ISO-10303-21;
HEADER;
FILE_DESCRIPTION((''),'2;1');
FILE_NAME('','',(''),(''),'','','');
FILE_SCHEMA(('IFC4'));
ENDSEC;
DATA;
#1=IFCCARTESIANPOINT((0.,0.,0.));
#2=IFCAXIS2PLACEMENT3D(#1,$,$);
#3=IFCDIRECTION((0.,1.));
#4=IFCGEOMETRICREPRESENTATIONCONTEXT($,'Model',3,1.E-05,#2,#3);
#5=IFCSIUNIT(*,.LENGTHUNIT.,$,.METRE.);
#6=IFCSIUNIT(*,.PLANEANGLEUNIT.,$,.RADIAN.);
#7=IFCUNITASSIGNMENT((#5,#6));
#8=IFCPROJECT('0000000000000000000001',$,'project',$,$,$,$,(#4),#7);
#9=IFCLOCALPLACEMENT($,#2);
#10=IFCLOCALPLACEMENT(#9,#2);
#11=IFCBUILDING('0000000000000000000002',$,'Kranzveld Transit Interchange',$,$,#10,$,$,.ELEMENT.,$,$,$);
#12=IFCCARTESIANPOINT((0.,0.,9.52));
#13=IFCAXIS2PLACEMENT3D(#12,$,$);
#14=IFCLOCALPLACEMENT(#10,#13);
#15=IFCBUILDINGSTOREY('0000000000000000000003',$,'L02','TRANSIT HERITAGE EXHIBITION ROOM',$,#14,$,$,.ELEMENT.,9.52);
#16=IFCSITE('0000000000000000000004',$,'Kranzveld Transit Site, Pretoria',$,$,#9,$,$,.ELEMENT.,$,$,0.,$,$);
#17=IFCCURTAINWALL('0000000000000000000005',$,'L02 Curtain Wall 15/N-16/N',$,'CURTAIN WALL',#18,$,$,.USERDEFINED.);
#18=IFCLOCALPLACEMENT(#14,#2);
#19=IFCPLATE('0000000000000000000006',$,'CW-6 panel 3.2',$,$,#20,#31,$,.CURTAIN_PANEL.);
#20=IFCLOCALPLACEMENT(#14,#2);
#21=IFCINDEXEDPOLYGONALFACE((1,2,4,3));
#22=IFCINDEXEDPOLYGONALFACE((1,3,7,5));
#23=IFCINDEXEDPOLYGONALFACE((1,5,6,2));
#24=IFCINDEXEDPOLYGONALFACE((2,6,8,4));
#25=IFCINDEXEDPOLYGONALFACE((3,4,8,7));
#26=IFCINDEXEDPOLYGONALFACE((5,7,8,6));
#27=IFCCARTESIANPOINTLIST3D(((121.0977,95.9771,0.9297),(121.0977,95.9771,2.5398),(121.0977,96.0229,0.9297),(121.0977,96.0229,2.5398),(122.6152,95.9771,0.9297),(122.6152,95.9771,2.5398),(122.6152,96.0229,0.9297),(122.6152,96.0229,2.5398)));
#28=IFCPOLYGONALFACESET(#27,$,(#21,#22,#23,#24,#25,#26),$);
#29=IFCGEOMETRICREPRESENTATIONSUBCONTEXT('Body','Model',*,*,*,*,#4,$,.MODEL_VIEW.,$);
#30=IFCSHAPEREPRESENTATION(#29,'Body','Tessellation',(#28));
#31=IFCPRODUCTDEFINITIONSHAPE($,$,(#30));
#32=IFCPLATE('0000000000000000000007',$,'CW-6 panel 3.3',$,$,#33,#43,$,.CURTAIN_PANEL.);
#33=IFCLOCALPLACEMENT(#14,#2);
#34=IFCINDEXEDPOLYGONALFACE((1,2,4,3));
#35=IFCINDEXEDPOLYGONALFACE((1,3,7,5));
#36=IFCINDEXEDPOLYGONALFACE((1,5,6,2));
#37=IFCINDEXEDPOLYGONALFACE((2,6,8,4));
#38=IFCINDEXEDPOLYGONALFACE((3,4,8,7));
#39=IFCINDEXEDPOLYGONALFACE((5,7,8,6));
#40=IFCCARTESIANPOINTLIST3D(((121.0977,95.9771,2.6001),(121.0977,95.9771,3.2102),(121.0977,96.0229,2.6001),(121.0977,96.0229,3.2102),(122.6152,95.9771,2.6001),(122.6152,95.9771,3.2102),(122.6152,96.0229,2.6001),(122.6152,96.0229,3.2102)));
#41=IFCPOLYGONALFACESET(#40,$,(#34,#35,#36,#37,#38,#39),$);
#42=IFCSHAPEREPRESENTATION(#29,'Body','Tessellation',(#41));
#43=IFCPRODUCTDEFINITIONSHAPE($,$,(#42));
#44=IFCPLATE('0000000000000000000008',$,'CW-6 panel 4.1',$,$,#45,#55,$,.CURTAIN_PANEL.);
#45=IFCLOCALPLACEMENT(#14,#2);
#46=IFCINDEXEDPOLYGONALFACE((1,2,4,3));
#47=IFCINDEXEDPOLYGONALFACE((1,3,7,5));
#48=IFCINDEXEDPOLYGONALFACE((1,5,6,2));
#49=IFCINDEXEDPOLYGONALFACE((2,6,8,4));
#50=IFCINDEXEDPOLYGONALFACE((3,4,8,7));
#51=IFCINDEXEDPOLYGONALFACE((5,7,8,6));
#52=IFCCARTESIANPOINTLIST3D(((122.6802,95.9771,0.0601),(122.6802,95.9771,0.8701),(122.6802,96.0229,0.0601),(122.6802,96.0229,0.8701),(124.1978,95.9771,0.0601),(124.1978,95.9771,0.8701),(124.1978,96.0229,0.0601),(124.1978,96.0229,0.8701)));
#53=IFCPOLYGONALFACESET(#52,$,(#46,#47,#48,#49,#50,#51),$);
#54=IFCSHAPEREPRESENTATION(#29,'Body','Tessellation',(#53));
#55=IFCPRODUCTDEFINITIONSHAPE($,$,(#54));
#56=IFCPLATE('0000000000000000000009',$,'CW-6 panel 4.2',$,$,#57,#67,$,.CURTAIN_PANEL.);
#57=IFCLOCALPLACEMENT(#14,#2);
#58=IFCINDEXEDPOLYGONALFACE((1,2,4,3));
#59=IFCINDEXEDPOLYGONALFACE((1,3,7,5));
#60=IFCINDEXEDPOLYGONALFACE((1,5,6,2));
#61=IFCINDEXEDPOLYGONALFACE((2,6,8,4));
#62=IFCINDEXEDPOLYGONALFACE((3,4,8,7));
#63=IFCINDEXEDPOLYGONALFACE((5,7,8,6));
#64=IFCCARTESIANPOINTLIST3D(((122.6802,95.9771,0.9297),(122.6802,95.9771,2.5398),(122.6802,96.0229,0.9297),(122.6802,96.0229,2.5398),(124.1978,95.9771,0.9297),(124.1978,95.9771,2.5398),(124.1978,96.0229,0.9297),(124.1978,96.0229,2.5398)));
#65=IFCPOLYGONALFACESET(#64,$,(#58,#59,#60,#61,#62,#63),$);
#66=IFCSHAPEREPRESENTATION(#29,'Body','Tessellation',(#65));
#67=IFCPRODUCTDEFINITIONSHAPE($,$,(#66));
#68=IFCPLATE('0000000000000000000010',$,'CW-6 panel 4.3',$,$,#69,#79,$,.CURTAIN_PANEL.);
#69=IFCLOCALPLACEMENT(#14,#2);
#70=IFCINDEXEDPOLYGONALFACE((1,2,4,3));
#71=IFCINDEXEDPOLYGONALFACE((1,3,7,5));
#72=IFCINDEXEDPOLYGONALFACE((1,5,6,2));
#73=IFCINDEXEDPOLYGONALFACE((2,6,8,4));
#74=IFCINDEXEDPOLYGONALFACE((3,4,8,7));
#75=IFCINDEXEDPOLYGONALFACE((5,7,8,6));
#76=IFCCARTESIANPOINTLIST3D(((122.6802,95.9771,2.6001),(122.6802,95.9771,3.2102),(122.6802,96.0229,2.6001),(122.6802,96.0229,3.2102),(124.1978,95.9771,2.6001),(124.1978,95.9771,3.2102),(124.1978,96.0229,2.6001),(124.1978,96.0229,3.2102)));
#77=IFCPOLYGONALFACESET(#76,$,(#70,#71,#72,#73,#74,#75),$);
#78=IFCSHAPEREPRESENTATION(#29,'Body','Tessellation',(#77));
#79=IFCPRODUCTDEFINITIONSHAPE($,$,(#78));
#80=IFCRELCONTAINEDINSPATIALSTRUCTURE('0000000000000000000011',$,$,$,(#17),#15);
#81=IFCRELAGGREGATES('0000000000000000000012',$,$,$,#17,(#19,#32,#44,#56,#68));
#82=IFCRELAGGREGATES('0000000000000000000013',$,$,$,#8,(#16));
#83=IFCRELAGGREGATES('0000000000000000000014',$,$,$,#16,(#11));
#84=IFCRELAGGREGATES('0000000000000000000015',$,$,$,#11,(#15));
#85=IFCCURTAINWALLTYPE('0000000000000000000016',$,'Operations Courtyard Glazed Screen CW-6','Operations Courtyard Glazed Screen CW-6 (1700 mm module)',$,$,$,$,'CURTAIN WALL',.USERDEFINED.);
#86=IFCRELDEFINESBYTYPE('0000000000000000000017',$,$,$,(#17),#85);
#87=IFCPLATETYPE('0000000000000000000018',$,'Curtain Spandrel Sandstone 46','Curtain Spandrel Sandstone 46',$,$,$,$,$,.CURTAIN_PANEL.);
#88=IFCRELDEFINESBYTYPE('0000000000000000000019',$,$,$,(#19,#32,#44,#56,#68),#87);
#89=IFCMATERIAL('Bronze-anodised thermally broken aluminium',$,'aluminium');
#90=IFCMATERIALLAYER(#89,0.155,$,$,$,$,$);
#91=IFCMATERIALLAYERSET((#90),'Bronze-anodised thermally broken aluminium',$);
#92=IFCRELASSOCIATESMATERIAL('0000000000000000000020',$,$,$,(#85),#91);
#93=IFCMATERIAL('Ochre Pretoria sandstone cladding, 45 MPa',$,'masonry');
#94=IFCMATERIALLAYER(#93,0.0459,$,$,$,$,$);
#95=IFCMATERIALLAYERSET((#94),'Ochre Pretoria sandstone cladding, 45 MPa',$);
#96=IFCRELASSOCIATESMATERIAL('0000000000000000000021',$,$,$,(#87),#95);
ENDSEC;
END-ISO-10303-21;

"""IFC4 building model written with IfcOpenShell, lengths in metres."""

from ifc_helpers import new_model, si_unit, direction, frame, origin, origin_2d, place, context, subcontext, project, spatial, rectangle, extrude, material, layer, layer_set, type_object, element, aggregate, save


model = new_model("IFC4")

# Units and contexts
model_context = context("Model", 3, precision=1e-05, world=origin(), true_north=direction((0.0, 1.0)))
body_context = subcontext(model_context, "Body", "Model", "MODEL_VIEW")
ifc_project = project(units=[si_unit("LENGTHUNIT", "METRE"), si_unit("PLANEANGLEUNIT", "RADIAN")], contexts=[model_context])

# Site, building, storey
site_placement = place(None, origin())
site = spatial("IfcSite", under=ifc_project, at=site_placement, Name="Kranzveld Transit Site, Pretoria", CompositionType="ELEMENT", RefElevation=0.0)
building_placement = place(site_placement, origin())
building = spatial("IfcBuilding", under=site, at=building_placement, Name="Kranzveld Transit Interchange", CompositionType="ELEMENT")
storey_placement = place(building_placement, frame((0.0, 0.0, 9.52)))
storey = spatial("IfcBuildingStorey", under=building, at=storey_placement, Name="L02", Description="TRANSIT HERITAGE EXHIBITION ROOM", CompositionType="ELEMENT", Elevation=9.52)

# Curtain wall, plates
ifc_material_1 = material(Name="Bronze-anodised thermally broken aluminium", Category="aluminium")
ifc_layer_1 = layer(ifc_material_1, 0.155)
ifc_layer_set_1 = layer_set([ifc_layer_1], Name="Bronze-anodised thermally broken aluminium")
curtain_wall_type = type_object("IfcCurtainWallType", Name="Operations Courtyard Glazed Screen CW-6", Description="Operations Courtyard Glazed Screen CW-6 (1700 mm module)", ElementType="CURTAIN WALL", PredefinedType="USERDEFINED", material=ifc_layer_set_1)
curtain_wall_placement = place(storey_placement, origin())
curtain_wall = element("IfcCurtainWall", 1, at=curtain_wall_placement, inside=storey, type_object=curtain_wall_type, Name="L02 Curtain Wall 15/N-16/N", ObjectType="CURTAIN WALL", PredefinedType="USERDEFINED")
ifc_material_2 = material(Name="Ochre Pretoria sandstone cladding, 45 MPa", Category="masonry")
ifc_layer_2 = layer(ifc_material_2, 0.0459)
ifc_layer_set_2 = layer_set([ifc_layer_2], Name="Ochre Pretoria sandstone cladding, 45 MPa")
plate_type = type_object("IfcPlateType", Name="Curtain Spandrel Sandstone 46", Description="Curtain Spandrel Sandstone 46", PredefinedType="CURTAIN_PANEL", material=ifc_layer_set_2)
plate_1_placement = place(storey_placement, frame((121.8564, 96.0, 0.9297), z_axis=(0.0, 0.0, 1.0), x_axis=(1.0, 0.0, 0.0)))
plate_1 = element("IfcPlate", 2, at=plate_1_placement, type_object=plate_type, Name="CW-6 panel 3.2", PredefinedType="CURTAIN_PANEL", context=body_context, shape_type="SweptSolid", body=[
    extrude(rectangle(XDim=1.5176, YDim=0.0459, at=origin_2d()), origin(), (0.0, 0.0, 1.0), 1.6101),
])
plate_2_placement = place(storey_placement, frame((121.8564, 96.0, 2.6001), z_axis=(0.0, 0.0, 1.0), x_axis=(1.0, 0.0, 0.0)))
plate_2 = element("IfcPlate", 3, at=plate_2_placement, type_object=plate_type, Name="CW-6 panel 3.3", PredefinedType="CURTAIN_PANEL", context=body_context, shape_type="SweptSolid", body=[
    extrude(rectangle(XDim=1.5176, YDim=0.0459, at=origin_2d()), origin(), (0.0, 0.0, 1.0), 0.6101),
])
plate_3_placement = place(storey_placement, frame((123.439, 96.0, 0.0601), z_axis=(0.0, 0.0, 1.0), x_axis=(1.0, 0.0, 0.0)))
plate_3 = element("IfcPlate", 4, at=plate_3_placement, type_object=plate_type, Name="CW-6 panel 4.1", PredefinedType="CURTAIN_PANEL", context=body_context, shape_type="SweptSolid", body=[
    extrude(rectangle(XDim=1.5176, YDim=0.0459, at=origin_2d()), origin(), (0.0, 0.0, 1.0), 0.8101),
])
plate_4_placement = place(storey_placement, frame((123.439, 96.0, 0.9297), z_axis=(0.0, 0.0, 1.0), x_axis=(1.0, 0.0, 0.0)))
plate_4 = element("IfcPlate", 5, at=plate_4_placement, type_object=plate_type, Name="CW-6 panel 4.2", PredefinedType="CURTAIN_PANEL", context=body_context, shape_type="SweptSolid", body=[
    extrude(rectangle(XDim=1.5176, YDim=0.0459, at=origin_2d()), origin(), (0.0, 0.0, 1.0), 1.6101),
])
plate_5_placement = place(storey_placement, frame((123.439, 96.0, 2.6001), z_axis=(0.0, 0.0, 1.0), x_axis=(1.0, 0.0, 0.0)))
plate_5 = element("IfcPlate", 6, at=plate_5_placement, type_object=plate_type, Name="CW-6 panel 4.3", PredefinedType="CURTAIN_PANEL", context=body_context, shape_type="SweptSolid", body=[
    extrude(rectangle(XDim=1.5176, YDim=0.0459, at=origin_2d()), origin(), (0.0, 0.0, 1.0), 0.6101),
])
aggregate(curtain_wall, [plate_1, plate_2, plate_3, plate_4, plate_5])

save(model, "model.ifc")
